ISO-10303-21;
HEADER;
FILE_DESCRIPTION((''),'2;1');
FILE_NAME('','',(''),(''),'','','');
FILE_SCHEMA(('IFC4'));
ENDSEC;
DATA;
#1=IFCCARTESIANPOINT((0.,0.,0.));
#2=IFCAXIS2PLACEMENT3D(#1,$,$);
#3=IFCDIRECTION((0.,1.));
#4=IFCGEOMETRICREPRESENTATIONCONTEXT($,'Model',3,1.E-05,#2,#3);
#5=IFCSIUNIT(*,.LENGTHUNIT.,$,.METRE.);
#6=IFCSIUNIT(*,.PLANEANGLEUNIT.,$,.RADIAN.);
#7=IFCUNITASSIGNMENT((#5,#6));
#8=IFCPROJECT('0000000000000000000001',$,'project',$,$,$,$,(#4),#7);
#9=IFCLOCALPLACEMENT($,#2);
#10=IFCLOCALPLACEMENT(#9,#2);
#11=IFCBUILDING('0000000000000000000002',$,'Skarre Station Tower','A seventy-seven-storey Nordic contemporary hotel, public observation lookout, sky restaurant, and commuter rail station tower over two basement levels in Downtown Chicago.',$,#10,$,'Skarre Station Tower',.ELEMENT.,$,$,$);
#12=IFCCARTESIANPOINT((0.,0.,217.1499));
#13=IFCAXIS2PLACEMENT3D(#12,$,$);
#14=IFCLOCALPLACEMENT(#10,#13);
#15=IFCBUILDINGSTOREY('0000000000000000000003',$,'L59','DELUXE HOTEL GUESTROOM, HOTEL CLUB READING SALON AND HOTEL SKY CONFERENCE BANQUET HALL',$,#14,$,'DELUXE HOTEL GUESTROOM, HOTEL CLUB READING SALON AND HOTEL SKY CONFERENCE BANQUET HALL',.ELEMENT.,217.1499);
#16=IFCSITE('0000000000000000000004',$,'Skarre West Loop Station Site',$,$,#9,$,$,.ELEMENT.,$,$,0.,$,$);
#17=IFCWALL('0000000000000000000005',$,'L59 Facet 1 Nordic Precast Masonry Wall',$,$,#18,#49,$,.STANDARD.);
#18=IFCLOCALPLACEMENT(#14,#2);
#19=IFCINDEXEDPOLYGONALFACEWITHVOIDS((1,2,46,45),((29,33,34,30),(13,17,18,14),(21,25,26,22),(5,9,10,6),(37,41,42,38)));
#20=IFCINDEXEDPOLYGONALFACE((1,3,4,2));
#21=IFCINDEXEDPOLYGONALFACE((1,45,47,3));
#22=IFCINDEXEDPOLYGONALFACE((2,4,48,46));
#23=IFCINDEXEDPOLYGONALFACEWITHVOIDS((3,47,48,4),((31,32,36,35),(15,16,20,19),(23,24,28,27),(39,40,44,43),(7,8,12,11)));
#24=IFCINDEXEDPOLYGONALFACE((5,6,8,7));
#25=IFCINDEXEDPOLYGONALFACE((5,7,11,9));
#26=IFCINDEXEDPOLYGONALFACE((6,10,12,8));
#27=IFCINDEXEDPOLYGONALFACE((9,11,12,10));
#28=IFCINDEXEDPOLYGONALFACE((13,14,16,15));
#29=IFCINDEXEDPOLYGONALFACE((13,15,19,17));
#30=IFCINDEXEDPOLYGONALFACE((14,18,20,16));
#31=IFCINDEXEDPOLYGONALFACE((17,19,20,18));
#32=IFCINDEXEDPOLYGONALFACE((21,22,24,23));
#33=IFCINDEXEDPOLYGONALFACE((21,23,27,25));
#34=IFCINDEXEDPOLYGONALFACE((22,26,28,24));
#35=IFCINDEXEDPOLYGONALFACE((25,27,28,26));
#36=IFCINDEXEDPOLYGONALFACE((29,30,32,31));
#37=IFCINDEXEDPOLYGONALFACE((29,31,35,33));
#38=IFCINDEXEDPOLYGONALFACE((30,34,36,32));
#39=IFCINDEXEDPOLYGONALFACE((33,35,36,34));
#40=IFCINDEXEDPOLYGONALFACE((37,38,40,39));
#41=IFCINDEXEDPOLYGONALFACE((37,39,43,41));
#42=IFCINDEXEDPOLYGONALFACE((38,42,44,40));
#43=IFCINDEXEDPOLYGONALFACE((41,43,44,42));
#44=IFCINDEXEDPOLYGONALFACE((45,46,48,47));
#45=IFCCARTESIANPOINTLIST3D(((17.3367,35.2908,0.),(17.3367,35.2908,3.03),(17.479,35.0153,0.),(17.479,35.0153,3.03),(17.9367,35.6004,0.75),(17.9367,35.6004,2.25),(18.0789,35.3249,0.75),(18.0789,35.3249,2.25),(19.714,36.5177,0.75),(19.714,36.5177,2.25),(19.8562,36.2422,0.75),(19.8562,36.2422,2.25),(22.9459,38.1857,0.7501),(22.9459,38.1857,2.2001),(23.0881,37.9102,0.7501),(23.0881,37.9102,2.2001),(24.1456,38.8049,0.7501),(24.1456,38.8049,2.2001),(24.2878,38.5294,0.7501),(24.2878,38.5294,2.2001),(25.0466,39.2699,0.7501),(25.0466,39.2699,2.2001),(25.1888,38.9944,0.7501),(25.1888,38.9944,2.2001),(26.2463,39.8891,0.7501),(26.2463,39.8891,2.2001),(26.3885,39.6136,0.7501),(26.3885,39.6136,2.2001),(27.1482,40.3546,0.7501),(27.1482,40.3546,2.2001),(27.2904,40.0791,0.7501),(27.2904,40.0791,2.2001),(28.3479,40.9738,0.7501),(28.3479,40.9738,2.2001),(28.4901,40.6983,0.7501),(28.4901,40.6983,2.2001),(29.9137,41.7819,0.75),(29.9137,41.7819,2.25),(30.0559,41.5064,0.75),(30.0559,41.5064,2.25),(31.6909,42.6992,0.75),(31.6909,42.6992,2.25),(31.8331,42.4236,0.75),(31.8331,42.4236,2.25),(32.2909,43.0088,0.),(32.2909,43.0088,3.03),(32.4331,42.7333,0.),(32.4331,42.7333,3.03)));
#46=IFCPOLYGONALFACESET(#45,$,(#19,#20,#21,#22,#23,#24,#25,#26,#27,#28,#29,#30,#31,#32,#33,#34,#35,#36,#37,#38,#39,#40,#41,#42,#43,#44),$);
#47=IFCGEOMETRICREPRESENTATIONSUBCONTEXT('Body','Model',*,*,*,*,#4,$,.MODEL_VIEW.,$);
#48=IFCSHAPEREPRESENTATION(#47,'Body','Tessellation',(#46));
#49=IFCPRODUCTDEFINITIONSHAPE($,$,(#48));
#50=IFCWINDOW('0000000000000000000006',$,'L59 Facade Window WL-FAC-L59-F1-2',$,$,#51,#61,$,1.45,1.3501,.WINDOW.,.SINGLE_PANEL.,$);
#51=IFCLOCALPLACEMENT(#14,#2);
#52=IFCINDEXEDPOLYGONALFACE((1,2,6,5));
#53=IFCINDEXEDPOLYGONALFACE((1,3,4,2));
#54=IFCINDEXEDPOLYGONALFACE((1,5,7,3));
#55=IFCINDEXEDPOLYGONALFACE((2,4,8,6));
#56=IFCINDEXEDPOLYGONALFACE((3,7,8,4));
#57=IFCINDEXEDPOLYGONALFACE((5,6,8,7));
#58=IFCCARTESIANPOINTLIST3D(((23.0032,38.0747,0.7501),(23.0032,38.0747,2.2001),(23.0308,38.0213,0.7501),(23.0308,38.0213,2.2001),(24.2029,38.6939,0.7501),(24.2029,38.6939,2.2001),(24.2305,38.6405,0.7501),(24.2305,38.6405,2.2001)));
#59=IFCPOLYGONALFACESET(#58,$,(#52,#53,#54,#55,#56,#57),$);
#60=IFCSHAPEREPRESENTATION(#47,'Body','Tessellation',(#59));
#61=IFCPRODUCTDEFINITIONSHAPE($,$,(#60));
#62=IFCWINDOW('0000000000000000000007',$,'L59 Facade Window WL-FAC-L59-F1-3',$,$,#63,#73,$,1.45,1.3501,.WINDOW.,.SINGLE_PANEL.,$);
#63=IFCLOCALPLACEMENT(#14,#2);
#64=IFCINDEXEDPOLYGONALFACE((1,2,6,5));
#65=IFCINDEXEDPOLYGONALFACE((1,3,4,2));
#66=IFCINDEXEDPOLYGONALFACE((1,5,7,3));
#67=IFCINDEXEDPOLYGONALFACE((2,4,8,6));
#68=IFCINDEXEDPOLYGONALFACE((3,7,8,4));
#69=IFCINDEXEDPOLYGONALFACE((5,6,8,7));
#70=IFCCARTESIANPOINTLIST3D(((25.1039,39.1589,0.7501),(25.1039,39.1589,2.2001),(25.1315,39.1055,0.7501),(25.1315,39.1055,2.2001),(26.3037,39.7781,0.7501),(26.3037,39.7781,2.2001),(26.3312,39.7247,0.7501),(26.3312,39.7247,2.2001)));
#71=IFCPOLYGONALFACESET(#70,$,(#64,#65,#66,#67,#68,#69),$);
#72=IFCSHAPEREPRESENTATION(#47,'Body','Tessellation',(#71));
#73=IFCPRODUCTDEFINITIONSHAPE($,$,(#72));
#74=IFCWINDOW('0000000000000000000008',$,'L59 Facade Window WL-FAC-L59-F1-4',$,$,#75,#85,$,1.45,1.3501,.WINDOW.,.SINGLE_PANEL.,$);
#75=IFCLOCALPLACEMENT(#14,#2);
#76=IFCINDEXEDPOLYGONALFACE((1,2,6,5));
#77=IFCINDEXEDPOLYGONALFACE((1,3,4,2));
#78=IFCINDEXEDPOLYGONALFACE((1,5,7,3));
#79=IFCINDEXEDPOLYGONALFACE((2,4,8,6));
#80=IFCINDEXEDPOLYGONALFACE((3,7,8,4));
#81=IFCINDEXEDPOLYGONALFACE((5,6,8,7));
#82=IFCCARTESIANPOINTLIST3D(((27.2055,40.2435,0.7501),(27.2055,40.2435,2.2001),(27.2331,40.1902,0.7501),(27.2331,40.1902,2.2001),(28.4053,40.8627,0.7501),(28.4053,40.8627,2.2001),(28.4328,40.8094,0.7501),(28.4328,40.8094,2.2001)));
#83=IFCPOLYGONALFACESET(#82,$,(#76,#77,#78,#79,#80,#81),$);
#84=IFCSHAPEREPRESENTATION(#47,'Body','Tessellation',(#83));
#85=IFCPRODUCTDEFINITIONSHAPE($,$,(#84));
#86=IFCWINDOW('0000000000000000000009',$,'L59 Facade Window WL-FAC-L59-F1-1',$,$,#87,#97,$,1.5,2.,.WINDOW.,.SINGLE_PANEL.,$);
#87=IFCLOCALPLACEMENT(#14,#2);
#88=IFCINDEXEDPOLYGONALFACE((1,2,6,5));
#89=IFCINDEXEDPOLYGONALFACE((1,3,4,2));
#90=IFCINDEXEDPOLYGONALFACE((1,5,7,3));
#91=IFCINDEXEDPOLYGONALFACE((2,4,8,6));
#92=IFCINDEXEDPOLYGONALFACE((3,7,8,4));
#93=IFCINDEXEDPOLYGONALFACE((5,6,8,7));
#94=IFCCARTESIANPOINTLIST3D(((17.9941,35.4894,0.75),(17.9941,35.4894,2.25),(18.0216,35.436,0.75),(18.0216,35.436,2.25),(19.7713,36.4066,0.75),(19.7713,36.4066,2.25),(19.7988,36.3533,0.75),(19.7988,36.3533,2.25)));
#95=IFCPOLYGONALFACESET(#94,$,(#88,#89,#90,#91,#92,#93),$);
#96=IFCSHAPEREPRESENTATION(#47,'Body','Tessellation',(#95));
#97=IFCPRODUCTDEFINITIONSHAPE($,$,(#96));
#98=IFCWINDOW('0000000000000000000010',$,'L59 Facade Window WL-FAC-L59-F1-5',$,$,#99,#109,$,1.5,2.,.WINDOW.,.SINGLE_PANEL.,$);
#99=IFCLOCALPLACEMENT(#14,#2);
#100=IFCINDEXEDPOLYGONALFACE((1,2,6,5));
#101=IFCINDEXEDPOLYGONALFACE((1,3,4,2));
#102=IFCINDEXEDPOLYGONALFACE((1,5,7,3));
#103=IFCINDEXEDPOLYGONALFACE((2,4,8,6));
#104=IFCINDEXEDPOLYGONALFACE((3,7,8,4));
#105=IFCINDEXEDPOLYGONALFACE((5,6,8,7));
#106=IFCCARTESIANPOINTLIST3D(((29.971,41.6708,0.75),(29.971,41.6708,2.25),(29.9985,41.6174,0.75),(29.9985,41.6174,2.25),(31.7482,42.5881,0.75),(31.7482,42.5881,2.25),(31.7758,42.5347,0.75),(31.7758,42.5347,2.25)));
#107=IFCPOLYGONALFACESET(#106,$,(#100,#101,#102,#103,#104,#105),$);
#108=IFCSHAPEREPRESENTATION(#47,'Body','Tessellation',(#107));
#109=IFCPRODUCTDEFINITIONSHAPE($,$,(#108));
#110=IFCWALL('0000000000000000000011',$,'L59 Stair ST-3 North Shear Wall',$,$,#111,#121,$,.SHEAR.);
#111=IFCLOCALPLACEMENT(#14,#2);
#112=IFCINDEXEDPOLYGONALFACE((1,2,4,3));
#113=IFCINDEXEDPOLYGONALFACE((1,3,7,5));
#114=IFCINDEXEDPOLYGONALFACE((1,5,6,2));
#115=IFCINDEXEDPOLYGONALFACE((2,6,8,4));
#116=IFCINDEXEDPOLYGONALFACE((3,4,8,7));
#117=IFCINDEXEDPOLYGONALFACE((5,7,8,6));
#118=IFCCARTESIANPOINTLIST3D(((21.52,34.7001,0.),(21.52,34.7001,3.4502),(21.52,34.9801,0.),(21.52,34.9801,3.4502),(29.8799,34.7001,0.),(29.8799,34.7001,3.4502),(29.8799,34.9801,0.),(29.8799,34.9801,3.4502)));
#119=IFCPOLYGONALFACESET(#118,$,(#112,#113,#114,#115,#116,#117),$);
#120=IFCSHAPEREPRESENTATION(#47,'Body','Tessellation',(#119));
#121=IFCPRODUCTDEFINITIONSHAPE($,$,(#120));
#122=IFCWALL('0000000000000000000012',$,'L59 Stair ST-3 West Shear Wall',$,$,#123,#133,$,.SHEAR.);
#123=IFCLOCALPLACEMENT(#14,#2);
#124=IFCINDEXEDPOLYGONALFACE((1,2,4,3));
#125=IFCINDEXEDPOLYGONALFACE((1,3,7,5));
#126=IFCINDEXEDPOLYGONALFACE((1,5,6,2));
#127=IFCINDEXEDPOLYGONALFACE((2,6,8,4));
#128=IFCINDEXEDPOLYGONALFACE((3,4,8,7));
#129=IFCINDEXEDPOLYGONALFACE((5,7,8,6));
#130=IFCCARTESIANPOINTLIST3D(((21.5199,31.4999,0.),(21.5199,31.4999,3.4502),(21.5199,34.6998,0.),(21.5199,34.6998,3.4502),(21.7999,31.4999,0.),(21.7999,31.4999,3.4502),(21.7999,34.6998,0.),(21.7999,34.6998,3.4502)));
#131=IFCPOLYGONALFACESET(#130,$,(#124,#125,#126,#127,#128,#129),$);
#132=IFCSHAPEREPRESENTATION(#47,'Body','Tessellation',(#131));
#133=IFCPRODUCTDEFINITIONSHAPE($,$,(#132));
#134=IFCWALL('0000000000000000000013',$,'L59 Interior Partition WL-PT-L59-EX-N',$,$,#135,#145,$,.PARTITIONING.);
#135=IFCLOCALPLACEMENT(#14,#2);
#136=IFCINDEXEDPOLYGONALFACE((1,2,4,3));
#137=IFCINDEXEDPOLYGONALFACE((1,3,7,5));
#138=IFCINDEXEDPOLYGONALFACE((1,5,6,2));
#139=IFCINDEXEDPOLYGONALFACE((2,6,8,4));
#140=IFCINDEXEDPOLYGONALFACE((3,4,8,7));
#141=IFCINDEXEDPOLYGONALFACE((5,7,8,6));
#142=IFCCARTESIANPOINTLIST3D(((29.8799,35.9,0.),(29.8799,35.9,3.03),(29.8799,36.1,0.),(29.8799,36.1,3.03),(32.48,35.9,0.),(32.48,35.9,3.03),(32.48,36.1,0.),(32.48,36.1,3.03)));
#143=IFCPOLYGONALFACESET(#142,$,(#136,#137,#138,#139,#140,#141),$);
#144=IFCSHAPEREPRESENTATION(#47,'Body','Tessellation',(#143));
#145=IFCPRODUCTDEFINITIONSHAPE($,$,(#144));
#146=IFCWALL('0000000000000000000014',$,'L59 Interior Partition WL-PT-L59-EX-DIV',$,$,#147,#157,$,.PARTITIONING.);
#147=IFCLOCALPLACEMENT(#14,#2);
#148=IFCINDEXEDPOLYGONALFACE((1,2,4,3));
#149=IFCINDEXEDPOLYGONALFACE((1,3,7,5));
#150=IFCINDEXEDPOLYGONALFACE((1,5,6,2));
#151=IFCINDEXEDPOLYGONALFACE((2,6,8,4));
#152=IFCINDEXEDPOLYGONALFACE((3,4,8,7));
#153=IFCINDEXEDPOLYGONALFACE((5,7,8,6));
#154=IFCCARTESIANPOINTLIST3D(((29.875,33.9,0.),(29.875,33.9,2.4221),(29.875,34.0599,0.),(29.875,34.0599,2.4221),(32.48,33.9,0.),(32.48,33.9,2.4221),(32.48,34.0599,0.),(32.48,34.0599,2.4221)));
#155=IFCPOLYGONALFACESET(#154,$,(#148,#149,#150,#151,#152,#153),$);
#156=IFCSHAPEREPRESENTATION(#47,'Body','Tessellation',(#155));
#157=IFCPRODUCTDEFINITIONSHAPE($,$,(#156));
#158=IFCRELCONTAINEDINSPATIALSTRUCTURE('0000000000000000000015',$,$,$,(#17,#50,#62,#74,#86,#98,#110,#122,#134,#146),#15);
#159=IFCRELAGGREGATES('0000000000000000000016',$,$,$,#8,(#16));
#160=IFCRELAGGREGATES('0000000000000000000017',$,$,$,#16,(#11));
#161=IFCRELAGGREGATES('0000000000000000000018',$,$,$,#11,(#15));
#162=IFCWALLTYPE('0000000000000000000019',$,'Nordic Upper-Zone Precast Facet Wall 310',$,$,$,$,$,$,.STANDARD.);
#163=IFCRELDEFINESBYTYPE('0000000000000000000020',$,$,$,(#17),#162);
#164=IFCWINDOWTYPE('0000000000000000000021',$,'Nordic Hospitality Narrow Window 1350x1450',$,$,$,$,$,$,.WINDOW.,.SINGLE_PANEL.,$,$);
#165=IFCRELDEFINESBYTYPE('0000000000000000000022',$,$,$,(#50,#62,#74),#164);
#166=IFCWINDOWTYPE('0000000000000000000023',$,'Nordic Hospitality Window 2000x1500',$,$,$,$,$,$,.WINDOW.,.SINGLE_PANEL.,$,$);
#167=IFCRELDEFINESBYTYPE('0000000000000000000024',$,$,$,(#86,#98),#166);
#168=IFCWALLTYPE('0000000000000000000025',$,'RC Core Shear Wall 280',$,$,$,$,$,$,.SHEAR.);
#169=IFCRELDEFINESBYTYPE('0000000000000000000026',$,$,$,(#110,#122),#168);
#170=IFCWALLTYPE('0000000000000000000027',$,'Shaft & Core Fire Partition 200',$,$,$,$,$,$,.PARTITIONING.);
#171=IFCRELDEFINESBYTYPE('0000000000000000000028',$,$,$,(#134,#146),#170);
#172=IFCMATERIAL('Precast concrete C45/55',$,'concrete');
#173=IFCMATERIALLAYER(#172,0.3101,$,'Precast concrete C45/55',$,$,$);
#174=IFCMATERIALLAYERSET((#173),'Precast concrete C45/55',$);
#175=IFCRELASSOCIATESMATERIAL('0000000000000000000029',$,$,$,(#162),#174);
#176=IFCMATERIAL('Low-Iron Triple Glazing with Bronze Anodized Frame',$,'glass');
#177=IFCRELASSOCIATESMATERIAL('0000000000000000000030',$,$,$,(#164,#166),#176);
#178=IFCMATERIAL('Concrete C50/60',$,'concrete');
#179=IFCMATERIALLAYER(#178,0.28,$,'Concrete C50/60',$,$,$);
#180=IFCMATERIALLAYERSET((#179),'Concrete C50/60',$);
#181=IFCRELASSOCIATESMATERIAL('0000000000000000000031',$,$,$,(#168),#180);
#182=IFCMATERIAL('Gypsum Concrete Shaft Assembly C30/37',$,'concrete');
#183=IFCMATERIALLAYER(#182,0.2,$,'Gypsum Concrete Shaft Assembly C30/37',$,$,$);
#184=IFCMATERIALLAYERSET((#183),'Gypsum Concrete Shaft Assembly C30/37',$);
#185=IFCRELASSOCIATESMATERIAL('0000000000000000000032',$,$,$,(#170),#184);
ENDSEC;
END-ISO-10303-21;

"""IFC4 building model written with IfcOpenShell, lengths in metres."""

from ifc_helpers import new_model, si_unit, direction, frame, frame_2d, origin, place, context, subcontext, project, spatial, rectangle, extrude, material, layer, layer_set, type_object, element, fill, save


model = new_model("IFC4")

# Units and contexts
model_context = context("Model", 3, precision=1e-05, world=origin(), true_north=direction((0.0, 1.0)))
body_context = subcontext(model_context, "Body", "Model", "MODEL_VIEW")
ifc_project = project(units=[si_unit("LENGTHUNIT", "METRE"), si_unit("PLANEANGLEUNIT", "RADIAN")], contexts=[model_context])

# Site, building, storey
site_placement = place(None, origin())
site = spatial("IfcSite", under=ifc_project, at=site_placement, Name="Skarre West Loop Station Site", CompositionType="ELEMENT", RefElevation=0.0)
building_placement = place(site_placement, origin())
building = spatial("IfcBuilding", under=site, at=building_placement, Name="Skarre Station Tower", Description="A seventy-seven-storey Nordic contemporary hotel, public observation lookout, sky restaurant, and commuter rail station tower over two basement levels in Downtown Chicago.", LongName="Skarre Station Tower", CompositionType="ELEMENT")
storey_placement = place(building_placement, frame((0.0, 0.0, 217.1499)))
storey = spatial("IfcBuildingStorey", under=building, at=storey_placement, Name="L59", Description="DELUXE HOTEL GUESTROOM, HOTEL CLUB READING SALON AND HOTEL SKY CONFERENCE BANQUET HALL", LongName="DELUXE HOTEL GUESTROOM, HOTEL CLUB READING SALON AND HOTEL SKY CONFERENCE BANQUET HALL", CompositionType="ELEMENT", Elevation=217.1499)

# Shared definitions
ifc_material_1 = material(Name="Concrete C50/60", Category="concrete")

# Shared definitions
ifc_material_2 = material(Name="Precast concrete C45/55", Category="concrete")

# Wall, openings, windows
ifc_layer_1 = layer(ifc_material_2, 0.3101, Name="Precast concrete C45/55")
ifc_layer_set_1 = layer_set([ifc_layer_1], Name="Precast concrete C45/55")
wall_type_1 = type_object("IfcWallType", Name="Nordic Upper-Zone Precast Facet Wall 310", PredefinedType="STANDARD", material=ifc_layer_set_1)
wall_1_placement = place(storey_placement, frame((17.408, 35.1531, 0.0), z_axis=(0.0, 0.0, 1.0), x_axis=(0.888626, 0.458632, 0.0)))
wall_1 = element("IfcWall", 1, at=wall_1_placement, inside=storey, type_object=wall_type_1, Name="L59 Facet 1 Nordic Precast Masonry Wall", PredefinedType="STANDARD", context=body_context, shape_type="SweptSolid", body=[
    extrude(rectangle(XDim=16.8284, YDim=0.3101, at=frame_2d((8.4141, 0.0))), origin(), (0.0, 0.0, 1.0), 3.03),
])
opening_1_placement = place(wall_1_placement, frame((0.675, 0.0, 0.75)))
opening_1 = element("IfcOpeningElement", 2, at=opening_1_placement, cuts=wall_1, PredefinedType="OPENING", context=body_context, shape_type="SweptSolid", body=[
    extrude(rectangle(XDim=2.0, YDim=1.5, at=frame_2d((1.0, 0.75))), frame((0.0, 0.165, 0.0), z_axis=(0.0, -1.0, 0.0), x_axis=(1.0, 0.0, 0.0)), (0.0, 0.0, 1.0), 0.3301),
])
opening_2_placement = place(wall_1_placement, frame((6.312, 0.0, 0.75)))
opening_2 = element("IfcOpeningElement", 3, at=opening_2_placement, cuts=wall_1, PredefinedType="OPENING", context=body_context, shape_type="SweptSolid", body=[
    extrude(rectangle(XDim=1.3501, YDim=1.45, at=frame_2d((0.675, 0.7251))), frame((0.0, 0.165, 0.0), z_axis=(0.0, -1.0, 0.0), x_axis=(1.0, 0.0, 0.0)), (0.0, 0.0, 1.0), 0.3301),
])
opening_3_placement = place(wall_1_placement, frame((8.676, 0.0, 0.75)))
opening_3 = element("IfcOpeningElement", 4, at=opening_3_placement, cuts=wall_1, PredefinedType="OPENING", context=body_context, shape_type="SweptSolid", body=[
    extrude(rectangle(XDim=1.3501, YDim=1.45, at=frame_2d((0.675, 0.7251))), frame((0.0, 0.165, 0.0), z_axis=(0.0, -1.0, 0.0), x_axis=(1.0, 0.0, 0.0)), (0.0, 0.0, 1.0), 0.3301),
])
opening_4_placement = place(wall_1_placement, frame((11.041, 0.0, 0.75)))
opening_4 = element("IfcOpeningElement", 5, at=opening_4_placement, cuts=wall_1, PredefinedType="OPENING", context=body_context, shape_type="SweptSolid", body=[
    extrude(rectangle(XDim=1.3501, YDim=1.45, at=frame_2d((0.675, 0.7251))), frame((0.0, 0.165, 0.0), z_axis=(0.0, -1.0, 0.0), x_axis=(1.0, 0.0, 0.0)), (0.0, 0.0, 1.0), 0.3301),
])
opening_5_placement = place(wall_1_placement, frame((14.1531, 0.0, 0.75)))
opening_5 = element("IfcOpeningElement", 6, at=opening_5_placement, cuts=wall_1, PredefinedType="OPENING", context=body_context, shape_type="SweptSolid", body=[
    extrude(rectangle(XDim=2.0, YDim=1.5, at=frame_2d((1.0, 0.75))), frame((0.0, 0.165, 0.0), z_axis=(0.0, -1.0, 0.0), x_axis=(1.0, 0.0, 0.0)), (0.0, 0.0, 1.0), 0.3301),
])
ifc_material_3 = material(Name="Low-Iron Triple Glazing with Bronze Anodized Frame", Category="glass")
window_type_1 = type_object("IfcWindowType", Name="Nordic Hospitality Narrow Window 1350x1450", PartitioningType="SINGLE_PANEL", PredefinedType="WINDOW", material=ifc_material_3)
window_1_placement = place(opening_2_placement, origin())
window_1 = element("IfcWindow", 7, at=window_1_placement, inside=storey, type_object=window_type_1, Name="L59 Facade Window WL-FAC-L59-F1-2", OverallHeight=1.45, OverallWidth=1.3501, PartitioningType="SINGLE_PANEL", PredefinedType="WINDOW", context=body_context, shape_type="SweptSolid", body=[
    extrude(rectangle(XDim=1.3501, YDim=1.45, at=frame_2d((0.675, 0.7251))), frame((0.0, 0.03, 0.0), z_axis=(0.0, -1.0, 0.0), x_axis=(1.0, 0.0, 0.0)), (0.0, 0.0, 1.0), 0.0601),
])
fill(opening_2, window_1)
window_2_placement = place(opening_3_placement, origin())
window_2 = element("IfcWindow", 8, at=window_2_placement, inside=storey, type_object=window_type_1, Name="L59 Facade Window WL-FAC-L59-F1-3", OverallHeight=1.45, OverallWidth=1.3501, PartitioningType="SINGLE_PANEL", PredefinedType="WINDOW", context=body_context, shape_type="SweptSolid", body=[
    extrude(rectangle(XDim=1.3501, YDim=1.45, at=frame_2d((0.675, 0.7251))), frame((0.0, 0.03, 0.0), z_axis=(0.0, -1.0, 0.0), x_axis=(1.0, 0.0, 0.0)), (0.0, 0.0, 1.0), 0.0601),
])
fill(opening_3, window_2)
window_3_placement = place(opening_4_placement, origin())
window_3 = element("IfcWindow", 9, at=window_3_placement, inside=storey, type_object=window_type_1, Name="L59 Facade Window WL-FAC-L59-F1-4", OverallHeight=1.45, OverallWidth=1.3501, PartitioningType="SINGLE_PANEL", PredefinedType="WINDOW", context=body_context, shape_type="SweptSolid", body=[
    extrude(rectangle(XDim=1.3501, YDim=1.45, at=frame_2d((0.675, 0.7251))), frame((0.0, 0.03, 0.0), z_axis=(0.0, -1.0, 0.0), x_axis=(1.0, 0.0, 0.0)), (0.0, 0.0, 1.0), 0.0601),
])
fill(opening_4, window_3)
window_type_2 = type_object("IfcWindowType", Name="Nordic Hospitality Window 2000x1500", PartitioningType="SINGLE_PANEL", PredefinedType="WINDOW", material=ifc_material_3)
window_4_placement = place(opening_1_placement, origin())
window_4 = element("IfcWindow", 10, at=window_4_placement, inside=storey, type_object=window_type_2, Name="L59 Facade Window WL-FAC-L59-F1-1", OverallHeight=1.5, OverallWidth=2.0, PartitioningType="SINGLE_PANEL", PredefinedType="WINDOW", context=body_context, shape_type="SweptSolid", body=[
    extrude(rectangle(XDim=2.0, YDim=1.5, at=frame_2d((1.0, 0.75))), frame((0.0, 0.03, 0.0), z_axis=(0.0, -1.0, 0.0), x_axis=(1.0, 0.0, 0.0)), (0.0, 0.0, 1.0), 0.0601),
])
fill(opening_1, window_4)
window_5_placement = place(opening_5_placement, origin())
window_5 = element("IfcWindow", 11, at=window_5_placement, inside=storey, type_object=window_type_2, Name="L59 Facade Window WL-FAC-L59-F1-5", OverallHeight=1.5, OverallWidth=2.0, PartitioningType="SINGLE_PANEL", PredefinedType="WINDOW", context=body_context, shape_type="SweptSolid", body=[
    extrude(rectangle(XDim=2.0, YDim=1.5, at=frame_2d((1.0, 0.75))), frame((0.0, 0.03, 0.0), z_axis=(0.0, -1.0, 0.0), x_axis=(1.0, 0.0, 0.0)), (0.0, 0.0, 1.0), 0.0601),
])
fill(opening_5, window_5)

# Walls
ifc_layer_2 = layer(ifc_material_1, 0.28, Name="Concrete C50/60")
ifc_layer_set_2 = layer_set([ifc_layer_2], Name="Concrete C50/60")
wall_type_2 = type_object("IfcWallType", Name="RC Core Shear Wall 280", PredefinedType="SHEAR", material=ifc_layer_set_2)
wall_2_placement = place(storey_placement, frame((29.8799, 34.8401, 0.0), z_axis=(0.0, 0.0, 1.0), x_axis=(-1.0, 0.0, 0.0)))
element("IfcWall", 12, at=wall_2_placement, inside=storey, type_object=wall_type_2, Name="L59 Stair ST-3 North Shear Wall", PredefinedType="SHEAR", context=body_context, shape_type="SweptSolid", body=[
    extrude(rectangle(XDim=8.3599, YDim=0.28, at=frame_2d((4.1799, 0.0))), origin(), (0.0, 0.0, 1.0), 3.4502),
])
wall_3_placement = place(storey_placement, frame((21.6599, 34.7, 0.0), z_axis=(0.0, 0.0, 1.0), x_axis=(0.0, -1.0, 0.0)))
element("IfcWall", 13, at=wall_3_placement, inside=storey, type_object=wall_type_2, Name="L59 Stair ST-3 West Shear Wall", PredefinedType="SHEAR", context=body_context, shape_type="SweptSolid", body=[
    extrude(rectangle(XDim=3.2, YDim=0.28, at=frame_2d((1.6001, 0.0))), origin(), (0.0, 0.0, 1.0), 3.4502),
])
ifc_material_4 = material(Name="Gypsum Concrete Shaft Assembly C30/37", Category="concrete")
ifc_layer_3 = layer(ifc_material_4, 0.2, Name="Gypsum Concrete Shaft Assembly C30/37")
ifc_layer_set_3 = layer_set([ifc_layer_3], Name="Gypsum Concrete Shaft Assembly C30/37")
wall_type_3 = type_object("IfcWallType", Name="Shaft & Core Fire Partition 200", PredefinedType="PARTITIONING", material=ifc_layer_set_3)
wall_4_placement = place(storey_placement, frame((29.8799, 36.0, 0.0), z_axis=(0.0, 0.0, 1.0), x_axis=(1.0, 0.0, 0.0)))
element("IfcWall", 14, at=wall_4_placement, inside=storey, type_object=wall_type_3, Name="L59 Interior Partition WL-PT-L59-EX-N", PredefinedType="PARTITIONING", context=body_context, shape_type="SweptSolid", body=[
    extrude(rectangle(XDim=2.6001, YDim=0.2, at=frame_2d((1.3, 0.0))), origin(), (0.0, 0.0, 1.0), 3.03),
])
wall_5_placement = place(storey_placement, frame((29.875, 33.98, 0.0), z_axis=(0.0, 0.0, 1.0), x_axis=(1.0, 0.0, 0.0)))
element("IfcWall", 15, at=wall_5_placement, inside=storey, type_object=wall_type_3, Name="L59 Interior Partition WL-PT-L59-EX-DIV", PredefinedType="PARTITIONING", context=body_context, shape_type="SweptSolid", body=[
    extrude(rectangle(XDim=2.605, YDim=0.1599, at=frame_2d((1.3025, 0.0))), origin(), (0.0, 0.0, 1.0), 2.4221),
])

save(model, "model.ifc")
